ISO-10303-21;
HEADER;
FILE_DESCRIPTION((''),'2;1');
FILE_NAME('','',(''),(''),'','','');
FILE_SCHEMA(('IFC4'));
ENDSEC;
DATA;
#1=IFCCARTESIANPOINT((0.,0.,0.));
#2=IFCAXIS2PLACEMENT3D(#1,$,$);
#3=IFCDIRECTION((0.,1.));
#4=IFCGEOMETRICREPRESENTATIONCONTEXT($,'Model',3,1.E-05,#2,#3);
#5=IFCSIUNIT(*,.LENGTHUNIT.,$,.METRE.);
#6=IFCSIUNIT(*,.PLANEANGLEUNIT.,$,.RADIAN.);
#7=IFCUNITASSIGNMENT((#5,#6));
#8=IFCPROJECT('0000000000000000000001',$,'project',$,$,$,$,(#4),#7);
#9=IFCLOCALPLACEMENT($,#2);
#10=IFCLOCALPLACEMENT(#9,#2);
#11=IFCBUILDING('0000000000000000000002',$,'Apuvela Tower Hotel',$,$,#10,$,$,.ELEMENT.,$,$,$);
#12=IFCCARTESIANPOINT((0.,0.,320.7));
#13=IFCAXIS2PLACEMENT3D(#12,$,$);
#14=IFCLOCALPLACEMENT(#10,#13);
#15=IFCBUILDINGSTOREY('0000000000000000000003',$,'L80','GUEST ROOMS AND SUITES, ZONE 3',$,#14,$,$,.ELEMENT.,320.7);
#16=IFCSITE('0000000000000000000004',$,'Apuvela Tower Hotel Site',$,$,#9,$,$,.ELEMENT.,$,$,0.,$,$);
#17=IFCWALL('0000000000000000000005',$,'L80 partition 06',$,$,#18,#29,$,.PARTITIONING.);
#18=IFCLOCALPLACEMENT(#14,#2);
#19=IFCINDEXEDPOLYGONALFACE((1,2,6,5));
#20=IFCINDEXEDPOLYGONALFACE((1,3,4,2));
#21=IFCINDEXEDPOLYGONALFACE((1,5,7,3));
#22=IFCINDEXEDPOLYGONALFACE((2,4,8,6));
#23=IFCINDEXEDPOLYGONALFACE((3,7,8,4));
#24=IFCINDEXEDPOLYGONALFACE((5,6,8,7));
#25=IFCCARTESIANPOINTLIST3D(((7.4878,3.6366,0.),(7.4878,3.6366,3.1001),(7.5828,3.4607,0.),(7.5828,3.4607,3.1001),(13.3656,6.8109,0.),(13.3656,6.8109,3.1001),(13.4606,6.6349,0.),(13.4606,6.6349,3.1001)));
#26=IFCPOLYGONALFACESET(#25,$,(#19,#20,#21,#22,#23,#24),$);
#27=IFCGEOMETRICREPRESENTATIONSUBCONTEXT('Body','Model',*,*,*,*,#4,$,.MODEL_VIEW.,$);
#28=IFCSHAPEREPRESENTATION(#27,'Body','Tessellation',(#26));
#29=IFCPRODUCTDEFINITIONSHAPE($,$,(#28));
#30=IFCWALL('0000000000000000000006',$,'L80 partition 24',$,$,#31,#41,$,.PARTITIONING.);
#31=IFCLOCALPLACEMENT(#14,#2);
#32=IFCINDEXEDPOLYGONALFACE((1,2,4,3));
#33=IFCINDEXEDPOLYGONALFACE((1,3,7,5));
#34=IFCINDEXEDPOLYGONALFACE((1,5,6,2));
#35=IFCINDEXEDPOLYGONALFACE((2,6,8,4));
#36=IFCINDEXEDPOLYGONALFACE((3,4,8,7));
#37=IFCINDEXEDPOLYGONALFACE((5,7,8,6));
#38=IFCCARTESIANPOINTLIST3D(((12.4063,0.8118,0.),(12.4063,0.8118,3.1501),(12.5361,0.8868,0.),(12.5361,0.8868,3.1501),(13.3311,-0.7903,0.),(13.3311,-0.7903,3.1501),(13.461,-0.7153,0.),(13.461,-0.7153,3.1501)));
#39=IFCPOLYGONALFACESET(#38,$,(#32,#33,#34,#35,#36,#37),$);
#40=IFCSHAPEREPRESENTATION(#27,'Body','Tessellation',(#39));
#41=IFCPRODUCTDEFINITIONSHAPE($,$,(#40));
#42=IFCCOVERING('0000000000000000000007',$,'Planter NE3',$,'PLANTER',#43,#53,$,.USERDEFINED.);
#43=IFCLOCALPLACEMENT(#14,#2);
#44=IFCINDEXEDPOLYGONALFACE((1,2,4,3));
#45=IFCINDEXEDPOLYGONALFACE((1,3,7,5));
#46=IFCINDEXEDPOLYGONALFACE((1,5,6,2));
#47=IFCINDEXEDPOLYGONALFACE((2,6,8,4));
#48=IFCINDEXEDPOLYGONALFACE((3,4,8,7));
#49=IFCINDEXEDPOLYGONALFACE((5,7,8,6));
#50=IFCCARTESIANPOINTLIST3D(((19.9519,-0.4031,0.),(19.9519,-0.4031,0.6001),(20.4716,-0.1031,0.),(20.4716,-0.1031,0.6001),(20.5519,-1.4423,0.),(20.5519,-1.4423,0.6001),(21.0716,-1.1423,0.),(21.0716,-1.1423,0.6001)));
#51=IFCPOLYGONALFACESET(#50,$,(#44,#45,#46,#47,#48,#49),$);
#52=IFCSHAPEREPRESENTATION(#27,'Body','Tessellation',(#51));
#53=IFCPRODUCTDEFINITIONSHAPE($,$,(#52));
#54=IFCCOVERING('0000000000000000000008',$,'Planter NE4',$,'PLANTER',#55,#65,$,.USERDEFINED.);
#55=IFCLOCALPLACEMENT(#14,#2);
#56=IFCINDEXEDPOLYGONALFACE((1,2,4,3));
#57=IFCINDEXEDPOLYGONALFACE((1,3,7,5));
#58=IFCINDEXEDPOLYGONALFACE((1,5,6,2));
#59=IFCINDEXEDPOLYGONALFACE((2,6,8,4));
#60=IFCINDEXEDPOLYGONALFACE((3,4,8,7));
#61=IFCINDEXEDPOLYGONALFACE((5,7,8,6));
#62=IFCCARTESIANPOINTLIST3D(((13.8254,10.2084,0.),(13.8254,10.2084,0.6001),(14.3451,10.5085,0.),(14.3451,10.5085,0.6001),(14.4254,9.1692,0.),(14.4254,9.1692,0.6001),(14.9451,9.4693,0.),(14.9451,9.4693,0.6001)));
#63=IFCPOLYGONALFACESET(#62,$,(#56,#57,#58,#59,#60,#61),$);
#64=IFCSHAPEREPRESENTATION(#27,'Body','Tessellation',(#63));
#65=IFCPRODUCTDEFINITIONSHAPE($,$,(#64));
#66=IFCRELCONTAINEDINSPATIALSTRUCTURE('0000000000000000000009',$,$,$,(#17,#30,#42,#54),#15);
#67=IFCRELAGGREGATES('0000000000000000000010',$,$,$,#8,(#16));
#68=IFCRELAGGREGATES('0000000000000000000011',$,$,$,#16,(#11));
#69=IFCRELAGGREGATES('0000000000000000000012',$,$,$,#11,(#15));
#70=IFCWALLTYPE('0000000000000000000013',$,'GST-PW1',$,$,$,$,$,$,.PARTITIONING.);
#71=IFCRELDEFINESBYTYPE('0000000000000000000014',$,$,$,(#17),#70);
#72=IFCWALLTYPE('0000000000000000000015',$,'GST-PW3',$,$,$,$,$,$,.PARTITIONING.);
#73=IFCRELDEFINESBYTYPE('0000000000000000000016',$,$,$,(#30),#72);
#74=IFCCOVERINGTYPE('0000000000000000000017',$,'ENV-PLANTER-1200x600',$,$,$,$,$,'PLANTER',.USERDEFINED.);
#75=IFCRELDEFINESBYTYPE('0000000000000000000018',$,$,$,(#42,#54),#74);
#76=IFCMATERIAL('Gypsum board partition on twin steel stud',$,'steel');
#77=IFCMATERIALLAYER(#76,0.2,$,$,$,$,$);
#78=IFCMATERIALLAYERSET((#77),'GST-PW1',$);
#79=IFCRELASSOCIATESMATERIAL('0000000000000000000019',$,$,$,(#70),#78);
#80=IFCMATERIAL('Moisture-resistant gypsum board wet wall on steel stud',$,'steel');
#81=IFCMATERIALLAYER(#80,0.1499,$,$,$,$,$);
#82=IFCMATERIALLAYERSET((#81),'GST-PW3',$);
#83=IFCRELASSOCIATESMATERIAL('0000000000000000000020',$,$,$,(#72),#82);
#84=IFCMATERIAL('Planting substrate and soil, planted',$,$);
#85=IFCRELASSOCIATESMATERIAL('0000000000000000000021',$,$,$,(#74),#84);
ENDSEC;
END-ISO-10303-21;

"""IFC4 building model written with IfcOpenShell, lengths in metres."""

from ifc_helpers import new_model, si_unit, direction, frame, frame_2d, origin, origin_2d, place, context, subcontext, project, spatial, rectangle, extrude, material, layer, layer_set, type_object, element, save


model = new_model("IFC4")

# Units and contexts
model_context = context("Model", 3, precision=1e-05, world=origin(), true_north=direction((0.0, 1.0)))
body_context = subcontext(model_context, "Body", "Model", "MODEL_VIEW")
ifc_project = project(units=[si_unit("LENGTHUNIT", "METRE"), si_unit("PLANEANGLEUNIT", "RADIAN")], contexts=[model_context])

# Site, building, storey
site_placement = place(None, origin())
site = spatial("IfcSite", under=ifc_project, at=site_placement, Name="Apuvela Tower Hotel Site", CompositionType="ELEMENT", RefElevation=0.0)
building_placement = place(site_placement, origin())
building = spatial("IfcBuilding", under=site, at=building_placement, Name="Apuvela Tower Hotel", CompositionType="ELEMENT")
storey_placement = place(building_placement, frame((0.0, 0.0, 320.7)))
storey = spatial("IfcBuildingStorey", under=building, at=storey_placement, Name="L80", Description="GUEST ROOMS AND SUITES, ZONE 3", CompositionType="ELEMENT", Elevation=320.7)

# Walls
ifc_material_1 = material(Name="Gypsum board partition on twin steel stud", Category="steel")
ifc_layer_1 = layer(ifc_material_1, 0.2)
ifc_layer_set_1 = layer_set([ifc_layer_1], Name="GST-PW1")
wall_type_1 = type_object("IfcWallType", Name="GST-PW1", PredefinedType="PARTITIONING", material=ifc_layer_set_1)
wall_1_placement = place(storey_placement, frame((13.4131, 6.7229, 0.0), z_axis=(0.0, 0.0, 1.0), x_axis=(-0.879891, -0.475176, 0.0)))
element("IfcWall", 1, at=wall_1_placement, inside=storey, type_object=wall_type_1, Name="L80 partition 06", PredefinedType="PARTITIONING", context=body_context, shape_type="SweptSolid", body=[
    extrude(rectangle(XDim=6.6802, YDim=0.2, at=frame_2d((3.3401, 0.0))), origin(), (0.0, 0.0, 1.0), 3.1001),
])
ifc_material_2 = material(Name="Moisture-resistant gypsum board wet wall on steel stud", Category="steel")
ifc_layer_2 = layer(ifc_material_2, 0.1499)
ifc_layer_set_2 = layer_set([ifc_layer_2], Name="GST-PW3")
wall_type_2 = type_object("IfcWallType", Name="GST-PW3", PredefinedType="PARTITIONING", material=ifc_layer_set_2)
wall_2_placement = place(storey_placement, frame((13.396, -0.7527, 0.0), z_axis=(0.0, 0.0, 1.0), x_axis=(-0.499943, 0.866058, 0.0)))
element("IfcWall", 2, at=wall_2_placement, inside=storey, type_object=wall_type_2, Name="L80 partition 24", PredefinedType="PARTITIONING", context=body_context, shape_type="SweptSolid", body=[
    extrude(rectangle(XDim=1.8499, YDim=0.1499, at=frame_2d((0.9248, 0.0))), origin(), (0.0, 0.0, 1.0), 3.1501),
])

# Coverings
ifc_material_3 = material(Name="Planting substrate and soil, planted")
covering_type = type_object("IfcCoveringType", Name="ENV-PLANTER-1200x600", ElementType="PLANTER", PredefinedType="USERDEFINED", material=ifc_material_3)
for number, where, z_axis, x_axis, name in (
    (3, (20.5117, -0.7727, 0.0), (0.0, 0.0, 1.0), (-0.5, 0.866025, 0.0), "Planter NE3"),
    (4, (14.3853, 9.8389, 0.0), (0.0, 0.0, 1.0), (-0.5, 0.866025, 0.0), "Planter NE4"),
):
    element("IfcCovering", number, at=place(storey_placement, frame(where, z_axis=z_axis, x_axis=x_axis)), inside=storey, type_object=covering_type, Name=name, ObjectType="PLANTER", PredefinedType="USERDEFINED", context=body_context, shape_type="SweptSolid", body=[
        extrude(rectangle(XDim=1.2, YDim=0.6001, at=origin_2d()), origin(), (0.0, 0.0, 1.0), 0.6001),
    ])

save(model, "model.ifc")
